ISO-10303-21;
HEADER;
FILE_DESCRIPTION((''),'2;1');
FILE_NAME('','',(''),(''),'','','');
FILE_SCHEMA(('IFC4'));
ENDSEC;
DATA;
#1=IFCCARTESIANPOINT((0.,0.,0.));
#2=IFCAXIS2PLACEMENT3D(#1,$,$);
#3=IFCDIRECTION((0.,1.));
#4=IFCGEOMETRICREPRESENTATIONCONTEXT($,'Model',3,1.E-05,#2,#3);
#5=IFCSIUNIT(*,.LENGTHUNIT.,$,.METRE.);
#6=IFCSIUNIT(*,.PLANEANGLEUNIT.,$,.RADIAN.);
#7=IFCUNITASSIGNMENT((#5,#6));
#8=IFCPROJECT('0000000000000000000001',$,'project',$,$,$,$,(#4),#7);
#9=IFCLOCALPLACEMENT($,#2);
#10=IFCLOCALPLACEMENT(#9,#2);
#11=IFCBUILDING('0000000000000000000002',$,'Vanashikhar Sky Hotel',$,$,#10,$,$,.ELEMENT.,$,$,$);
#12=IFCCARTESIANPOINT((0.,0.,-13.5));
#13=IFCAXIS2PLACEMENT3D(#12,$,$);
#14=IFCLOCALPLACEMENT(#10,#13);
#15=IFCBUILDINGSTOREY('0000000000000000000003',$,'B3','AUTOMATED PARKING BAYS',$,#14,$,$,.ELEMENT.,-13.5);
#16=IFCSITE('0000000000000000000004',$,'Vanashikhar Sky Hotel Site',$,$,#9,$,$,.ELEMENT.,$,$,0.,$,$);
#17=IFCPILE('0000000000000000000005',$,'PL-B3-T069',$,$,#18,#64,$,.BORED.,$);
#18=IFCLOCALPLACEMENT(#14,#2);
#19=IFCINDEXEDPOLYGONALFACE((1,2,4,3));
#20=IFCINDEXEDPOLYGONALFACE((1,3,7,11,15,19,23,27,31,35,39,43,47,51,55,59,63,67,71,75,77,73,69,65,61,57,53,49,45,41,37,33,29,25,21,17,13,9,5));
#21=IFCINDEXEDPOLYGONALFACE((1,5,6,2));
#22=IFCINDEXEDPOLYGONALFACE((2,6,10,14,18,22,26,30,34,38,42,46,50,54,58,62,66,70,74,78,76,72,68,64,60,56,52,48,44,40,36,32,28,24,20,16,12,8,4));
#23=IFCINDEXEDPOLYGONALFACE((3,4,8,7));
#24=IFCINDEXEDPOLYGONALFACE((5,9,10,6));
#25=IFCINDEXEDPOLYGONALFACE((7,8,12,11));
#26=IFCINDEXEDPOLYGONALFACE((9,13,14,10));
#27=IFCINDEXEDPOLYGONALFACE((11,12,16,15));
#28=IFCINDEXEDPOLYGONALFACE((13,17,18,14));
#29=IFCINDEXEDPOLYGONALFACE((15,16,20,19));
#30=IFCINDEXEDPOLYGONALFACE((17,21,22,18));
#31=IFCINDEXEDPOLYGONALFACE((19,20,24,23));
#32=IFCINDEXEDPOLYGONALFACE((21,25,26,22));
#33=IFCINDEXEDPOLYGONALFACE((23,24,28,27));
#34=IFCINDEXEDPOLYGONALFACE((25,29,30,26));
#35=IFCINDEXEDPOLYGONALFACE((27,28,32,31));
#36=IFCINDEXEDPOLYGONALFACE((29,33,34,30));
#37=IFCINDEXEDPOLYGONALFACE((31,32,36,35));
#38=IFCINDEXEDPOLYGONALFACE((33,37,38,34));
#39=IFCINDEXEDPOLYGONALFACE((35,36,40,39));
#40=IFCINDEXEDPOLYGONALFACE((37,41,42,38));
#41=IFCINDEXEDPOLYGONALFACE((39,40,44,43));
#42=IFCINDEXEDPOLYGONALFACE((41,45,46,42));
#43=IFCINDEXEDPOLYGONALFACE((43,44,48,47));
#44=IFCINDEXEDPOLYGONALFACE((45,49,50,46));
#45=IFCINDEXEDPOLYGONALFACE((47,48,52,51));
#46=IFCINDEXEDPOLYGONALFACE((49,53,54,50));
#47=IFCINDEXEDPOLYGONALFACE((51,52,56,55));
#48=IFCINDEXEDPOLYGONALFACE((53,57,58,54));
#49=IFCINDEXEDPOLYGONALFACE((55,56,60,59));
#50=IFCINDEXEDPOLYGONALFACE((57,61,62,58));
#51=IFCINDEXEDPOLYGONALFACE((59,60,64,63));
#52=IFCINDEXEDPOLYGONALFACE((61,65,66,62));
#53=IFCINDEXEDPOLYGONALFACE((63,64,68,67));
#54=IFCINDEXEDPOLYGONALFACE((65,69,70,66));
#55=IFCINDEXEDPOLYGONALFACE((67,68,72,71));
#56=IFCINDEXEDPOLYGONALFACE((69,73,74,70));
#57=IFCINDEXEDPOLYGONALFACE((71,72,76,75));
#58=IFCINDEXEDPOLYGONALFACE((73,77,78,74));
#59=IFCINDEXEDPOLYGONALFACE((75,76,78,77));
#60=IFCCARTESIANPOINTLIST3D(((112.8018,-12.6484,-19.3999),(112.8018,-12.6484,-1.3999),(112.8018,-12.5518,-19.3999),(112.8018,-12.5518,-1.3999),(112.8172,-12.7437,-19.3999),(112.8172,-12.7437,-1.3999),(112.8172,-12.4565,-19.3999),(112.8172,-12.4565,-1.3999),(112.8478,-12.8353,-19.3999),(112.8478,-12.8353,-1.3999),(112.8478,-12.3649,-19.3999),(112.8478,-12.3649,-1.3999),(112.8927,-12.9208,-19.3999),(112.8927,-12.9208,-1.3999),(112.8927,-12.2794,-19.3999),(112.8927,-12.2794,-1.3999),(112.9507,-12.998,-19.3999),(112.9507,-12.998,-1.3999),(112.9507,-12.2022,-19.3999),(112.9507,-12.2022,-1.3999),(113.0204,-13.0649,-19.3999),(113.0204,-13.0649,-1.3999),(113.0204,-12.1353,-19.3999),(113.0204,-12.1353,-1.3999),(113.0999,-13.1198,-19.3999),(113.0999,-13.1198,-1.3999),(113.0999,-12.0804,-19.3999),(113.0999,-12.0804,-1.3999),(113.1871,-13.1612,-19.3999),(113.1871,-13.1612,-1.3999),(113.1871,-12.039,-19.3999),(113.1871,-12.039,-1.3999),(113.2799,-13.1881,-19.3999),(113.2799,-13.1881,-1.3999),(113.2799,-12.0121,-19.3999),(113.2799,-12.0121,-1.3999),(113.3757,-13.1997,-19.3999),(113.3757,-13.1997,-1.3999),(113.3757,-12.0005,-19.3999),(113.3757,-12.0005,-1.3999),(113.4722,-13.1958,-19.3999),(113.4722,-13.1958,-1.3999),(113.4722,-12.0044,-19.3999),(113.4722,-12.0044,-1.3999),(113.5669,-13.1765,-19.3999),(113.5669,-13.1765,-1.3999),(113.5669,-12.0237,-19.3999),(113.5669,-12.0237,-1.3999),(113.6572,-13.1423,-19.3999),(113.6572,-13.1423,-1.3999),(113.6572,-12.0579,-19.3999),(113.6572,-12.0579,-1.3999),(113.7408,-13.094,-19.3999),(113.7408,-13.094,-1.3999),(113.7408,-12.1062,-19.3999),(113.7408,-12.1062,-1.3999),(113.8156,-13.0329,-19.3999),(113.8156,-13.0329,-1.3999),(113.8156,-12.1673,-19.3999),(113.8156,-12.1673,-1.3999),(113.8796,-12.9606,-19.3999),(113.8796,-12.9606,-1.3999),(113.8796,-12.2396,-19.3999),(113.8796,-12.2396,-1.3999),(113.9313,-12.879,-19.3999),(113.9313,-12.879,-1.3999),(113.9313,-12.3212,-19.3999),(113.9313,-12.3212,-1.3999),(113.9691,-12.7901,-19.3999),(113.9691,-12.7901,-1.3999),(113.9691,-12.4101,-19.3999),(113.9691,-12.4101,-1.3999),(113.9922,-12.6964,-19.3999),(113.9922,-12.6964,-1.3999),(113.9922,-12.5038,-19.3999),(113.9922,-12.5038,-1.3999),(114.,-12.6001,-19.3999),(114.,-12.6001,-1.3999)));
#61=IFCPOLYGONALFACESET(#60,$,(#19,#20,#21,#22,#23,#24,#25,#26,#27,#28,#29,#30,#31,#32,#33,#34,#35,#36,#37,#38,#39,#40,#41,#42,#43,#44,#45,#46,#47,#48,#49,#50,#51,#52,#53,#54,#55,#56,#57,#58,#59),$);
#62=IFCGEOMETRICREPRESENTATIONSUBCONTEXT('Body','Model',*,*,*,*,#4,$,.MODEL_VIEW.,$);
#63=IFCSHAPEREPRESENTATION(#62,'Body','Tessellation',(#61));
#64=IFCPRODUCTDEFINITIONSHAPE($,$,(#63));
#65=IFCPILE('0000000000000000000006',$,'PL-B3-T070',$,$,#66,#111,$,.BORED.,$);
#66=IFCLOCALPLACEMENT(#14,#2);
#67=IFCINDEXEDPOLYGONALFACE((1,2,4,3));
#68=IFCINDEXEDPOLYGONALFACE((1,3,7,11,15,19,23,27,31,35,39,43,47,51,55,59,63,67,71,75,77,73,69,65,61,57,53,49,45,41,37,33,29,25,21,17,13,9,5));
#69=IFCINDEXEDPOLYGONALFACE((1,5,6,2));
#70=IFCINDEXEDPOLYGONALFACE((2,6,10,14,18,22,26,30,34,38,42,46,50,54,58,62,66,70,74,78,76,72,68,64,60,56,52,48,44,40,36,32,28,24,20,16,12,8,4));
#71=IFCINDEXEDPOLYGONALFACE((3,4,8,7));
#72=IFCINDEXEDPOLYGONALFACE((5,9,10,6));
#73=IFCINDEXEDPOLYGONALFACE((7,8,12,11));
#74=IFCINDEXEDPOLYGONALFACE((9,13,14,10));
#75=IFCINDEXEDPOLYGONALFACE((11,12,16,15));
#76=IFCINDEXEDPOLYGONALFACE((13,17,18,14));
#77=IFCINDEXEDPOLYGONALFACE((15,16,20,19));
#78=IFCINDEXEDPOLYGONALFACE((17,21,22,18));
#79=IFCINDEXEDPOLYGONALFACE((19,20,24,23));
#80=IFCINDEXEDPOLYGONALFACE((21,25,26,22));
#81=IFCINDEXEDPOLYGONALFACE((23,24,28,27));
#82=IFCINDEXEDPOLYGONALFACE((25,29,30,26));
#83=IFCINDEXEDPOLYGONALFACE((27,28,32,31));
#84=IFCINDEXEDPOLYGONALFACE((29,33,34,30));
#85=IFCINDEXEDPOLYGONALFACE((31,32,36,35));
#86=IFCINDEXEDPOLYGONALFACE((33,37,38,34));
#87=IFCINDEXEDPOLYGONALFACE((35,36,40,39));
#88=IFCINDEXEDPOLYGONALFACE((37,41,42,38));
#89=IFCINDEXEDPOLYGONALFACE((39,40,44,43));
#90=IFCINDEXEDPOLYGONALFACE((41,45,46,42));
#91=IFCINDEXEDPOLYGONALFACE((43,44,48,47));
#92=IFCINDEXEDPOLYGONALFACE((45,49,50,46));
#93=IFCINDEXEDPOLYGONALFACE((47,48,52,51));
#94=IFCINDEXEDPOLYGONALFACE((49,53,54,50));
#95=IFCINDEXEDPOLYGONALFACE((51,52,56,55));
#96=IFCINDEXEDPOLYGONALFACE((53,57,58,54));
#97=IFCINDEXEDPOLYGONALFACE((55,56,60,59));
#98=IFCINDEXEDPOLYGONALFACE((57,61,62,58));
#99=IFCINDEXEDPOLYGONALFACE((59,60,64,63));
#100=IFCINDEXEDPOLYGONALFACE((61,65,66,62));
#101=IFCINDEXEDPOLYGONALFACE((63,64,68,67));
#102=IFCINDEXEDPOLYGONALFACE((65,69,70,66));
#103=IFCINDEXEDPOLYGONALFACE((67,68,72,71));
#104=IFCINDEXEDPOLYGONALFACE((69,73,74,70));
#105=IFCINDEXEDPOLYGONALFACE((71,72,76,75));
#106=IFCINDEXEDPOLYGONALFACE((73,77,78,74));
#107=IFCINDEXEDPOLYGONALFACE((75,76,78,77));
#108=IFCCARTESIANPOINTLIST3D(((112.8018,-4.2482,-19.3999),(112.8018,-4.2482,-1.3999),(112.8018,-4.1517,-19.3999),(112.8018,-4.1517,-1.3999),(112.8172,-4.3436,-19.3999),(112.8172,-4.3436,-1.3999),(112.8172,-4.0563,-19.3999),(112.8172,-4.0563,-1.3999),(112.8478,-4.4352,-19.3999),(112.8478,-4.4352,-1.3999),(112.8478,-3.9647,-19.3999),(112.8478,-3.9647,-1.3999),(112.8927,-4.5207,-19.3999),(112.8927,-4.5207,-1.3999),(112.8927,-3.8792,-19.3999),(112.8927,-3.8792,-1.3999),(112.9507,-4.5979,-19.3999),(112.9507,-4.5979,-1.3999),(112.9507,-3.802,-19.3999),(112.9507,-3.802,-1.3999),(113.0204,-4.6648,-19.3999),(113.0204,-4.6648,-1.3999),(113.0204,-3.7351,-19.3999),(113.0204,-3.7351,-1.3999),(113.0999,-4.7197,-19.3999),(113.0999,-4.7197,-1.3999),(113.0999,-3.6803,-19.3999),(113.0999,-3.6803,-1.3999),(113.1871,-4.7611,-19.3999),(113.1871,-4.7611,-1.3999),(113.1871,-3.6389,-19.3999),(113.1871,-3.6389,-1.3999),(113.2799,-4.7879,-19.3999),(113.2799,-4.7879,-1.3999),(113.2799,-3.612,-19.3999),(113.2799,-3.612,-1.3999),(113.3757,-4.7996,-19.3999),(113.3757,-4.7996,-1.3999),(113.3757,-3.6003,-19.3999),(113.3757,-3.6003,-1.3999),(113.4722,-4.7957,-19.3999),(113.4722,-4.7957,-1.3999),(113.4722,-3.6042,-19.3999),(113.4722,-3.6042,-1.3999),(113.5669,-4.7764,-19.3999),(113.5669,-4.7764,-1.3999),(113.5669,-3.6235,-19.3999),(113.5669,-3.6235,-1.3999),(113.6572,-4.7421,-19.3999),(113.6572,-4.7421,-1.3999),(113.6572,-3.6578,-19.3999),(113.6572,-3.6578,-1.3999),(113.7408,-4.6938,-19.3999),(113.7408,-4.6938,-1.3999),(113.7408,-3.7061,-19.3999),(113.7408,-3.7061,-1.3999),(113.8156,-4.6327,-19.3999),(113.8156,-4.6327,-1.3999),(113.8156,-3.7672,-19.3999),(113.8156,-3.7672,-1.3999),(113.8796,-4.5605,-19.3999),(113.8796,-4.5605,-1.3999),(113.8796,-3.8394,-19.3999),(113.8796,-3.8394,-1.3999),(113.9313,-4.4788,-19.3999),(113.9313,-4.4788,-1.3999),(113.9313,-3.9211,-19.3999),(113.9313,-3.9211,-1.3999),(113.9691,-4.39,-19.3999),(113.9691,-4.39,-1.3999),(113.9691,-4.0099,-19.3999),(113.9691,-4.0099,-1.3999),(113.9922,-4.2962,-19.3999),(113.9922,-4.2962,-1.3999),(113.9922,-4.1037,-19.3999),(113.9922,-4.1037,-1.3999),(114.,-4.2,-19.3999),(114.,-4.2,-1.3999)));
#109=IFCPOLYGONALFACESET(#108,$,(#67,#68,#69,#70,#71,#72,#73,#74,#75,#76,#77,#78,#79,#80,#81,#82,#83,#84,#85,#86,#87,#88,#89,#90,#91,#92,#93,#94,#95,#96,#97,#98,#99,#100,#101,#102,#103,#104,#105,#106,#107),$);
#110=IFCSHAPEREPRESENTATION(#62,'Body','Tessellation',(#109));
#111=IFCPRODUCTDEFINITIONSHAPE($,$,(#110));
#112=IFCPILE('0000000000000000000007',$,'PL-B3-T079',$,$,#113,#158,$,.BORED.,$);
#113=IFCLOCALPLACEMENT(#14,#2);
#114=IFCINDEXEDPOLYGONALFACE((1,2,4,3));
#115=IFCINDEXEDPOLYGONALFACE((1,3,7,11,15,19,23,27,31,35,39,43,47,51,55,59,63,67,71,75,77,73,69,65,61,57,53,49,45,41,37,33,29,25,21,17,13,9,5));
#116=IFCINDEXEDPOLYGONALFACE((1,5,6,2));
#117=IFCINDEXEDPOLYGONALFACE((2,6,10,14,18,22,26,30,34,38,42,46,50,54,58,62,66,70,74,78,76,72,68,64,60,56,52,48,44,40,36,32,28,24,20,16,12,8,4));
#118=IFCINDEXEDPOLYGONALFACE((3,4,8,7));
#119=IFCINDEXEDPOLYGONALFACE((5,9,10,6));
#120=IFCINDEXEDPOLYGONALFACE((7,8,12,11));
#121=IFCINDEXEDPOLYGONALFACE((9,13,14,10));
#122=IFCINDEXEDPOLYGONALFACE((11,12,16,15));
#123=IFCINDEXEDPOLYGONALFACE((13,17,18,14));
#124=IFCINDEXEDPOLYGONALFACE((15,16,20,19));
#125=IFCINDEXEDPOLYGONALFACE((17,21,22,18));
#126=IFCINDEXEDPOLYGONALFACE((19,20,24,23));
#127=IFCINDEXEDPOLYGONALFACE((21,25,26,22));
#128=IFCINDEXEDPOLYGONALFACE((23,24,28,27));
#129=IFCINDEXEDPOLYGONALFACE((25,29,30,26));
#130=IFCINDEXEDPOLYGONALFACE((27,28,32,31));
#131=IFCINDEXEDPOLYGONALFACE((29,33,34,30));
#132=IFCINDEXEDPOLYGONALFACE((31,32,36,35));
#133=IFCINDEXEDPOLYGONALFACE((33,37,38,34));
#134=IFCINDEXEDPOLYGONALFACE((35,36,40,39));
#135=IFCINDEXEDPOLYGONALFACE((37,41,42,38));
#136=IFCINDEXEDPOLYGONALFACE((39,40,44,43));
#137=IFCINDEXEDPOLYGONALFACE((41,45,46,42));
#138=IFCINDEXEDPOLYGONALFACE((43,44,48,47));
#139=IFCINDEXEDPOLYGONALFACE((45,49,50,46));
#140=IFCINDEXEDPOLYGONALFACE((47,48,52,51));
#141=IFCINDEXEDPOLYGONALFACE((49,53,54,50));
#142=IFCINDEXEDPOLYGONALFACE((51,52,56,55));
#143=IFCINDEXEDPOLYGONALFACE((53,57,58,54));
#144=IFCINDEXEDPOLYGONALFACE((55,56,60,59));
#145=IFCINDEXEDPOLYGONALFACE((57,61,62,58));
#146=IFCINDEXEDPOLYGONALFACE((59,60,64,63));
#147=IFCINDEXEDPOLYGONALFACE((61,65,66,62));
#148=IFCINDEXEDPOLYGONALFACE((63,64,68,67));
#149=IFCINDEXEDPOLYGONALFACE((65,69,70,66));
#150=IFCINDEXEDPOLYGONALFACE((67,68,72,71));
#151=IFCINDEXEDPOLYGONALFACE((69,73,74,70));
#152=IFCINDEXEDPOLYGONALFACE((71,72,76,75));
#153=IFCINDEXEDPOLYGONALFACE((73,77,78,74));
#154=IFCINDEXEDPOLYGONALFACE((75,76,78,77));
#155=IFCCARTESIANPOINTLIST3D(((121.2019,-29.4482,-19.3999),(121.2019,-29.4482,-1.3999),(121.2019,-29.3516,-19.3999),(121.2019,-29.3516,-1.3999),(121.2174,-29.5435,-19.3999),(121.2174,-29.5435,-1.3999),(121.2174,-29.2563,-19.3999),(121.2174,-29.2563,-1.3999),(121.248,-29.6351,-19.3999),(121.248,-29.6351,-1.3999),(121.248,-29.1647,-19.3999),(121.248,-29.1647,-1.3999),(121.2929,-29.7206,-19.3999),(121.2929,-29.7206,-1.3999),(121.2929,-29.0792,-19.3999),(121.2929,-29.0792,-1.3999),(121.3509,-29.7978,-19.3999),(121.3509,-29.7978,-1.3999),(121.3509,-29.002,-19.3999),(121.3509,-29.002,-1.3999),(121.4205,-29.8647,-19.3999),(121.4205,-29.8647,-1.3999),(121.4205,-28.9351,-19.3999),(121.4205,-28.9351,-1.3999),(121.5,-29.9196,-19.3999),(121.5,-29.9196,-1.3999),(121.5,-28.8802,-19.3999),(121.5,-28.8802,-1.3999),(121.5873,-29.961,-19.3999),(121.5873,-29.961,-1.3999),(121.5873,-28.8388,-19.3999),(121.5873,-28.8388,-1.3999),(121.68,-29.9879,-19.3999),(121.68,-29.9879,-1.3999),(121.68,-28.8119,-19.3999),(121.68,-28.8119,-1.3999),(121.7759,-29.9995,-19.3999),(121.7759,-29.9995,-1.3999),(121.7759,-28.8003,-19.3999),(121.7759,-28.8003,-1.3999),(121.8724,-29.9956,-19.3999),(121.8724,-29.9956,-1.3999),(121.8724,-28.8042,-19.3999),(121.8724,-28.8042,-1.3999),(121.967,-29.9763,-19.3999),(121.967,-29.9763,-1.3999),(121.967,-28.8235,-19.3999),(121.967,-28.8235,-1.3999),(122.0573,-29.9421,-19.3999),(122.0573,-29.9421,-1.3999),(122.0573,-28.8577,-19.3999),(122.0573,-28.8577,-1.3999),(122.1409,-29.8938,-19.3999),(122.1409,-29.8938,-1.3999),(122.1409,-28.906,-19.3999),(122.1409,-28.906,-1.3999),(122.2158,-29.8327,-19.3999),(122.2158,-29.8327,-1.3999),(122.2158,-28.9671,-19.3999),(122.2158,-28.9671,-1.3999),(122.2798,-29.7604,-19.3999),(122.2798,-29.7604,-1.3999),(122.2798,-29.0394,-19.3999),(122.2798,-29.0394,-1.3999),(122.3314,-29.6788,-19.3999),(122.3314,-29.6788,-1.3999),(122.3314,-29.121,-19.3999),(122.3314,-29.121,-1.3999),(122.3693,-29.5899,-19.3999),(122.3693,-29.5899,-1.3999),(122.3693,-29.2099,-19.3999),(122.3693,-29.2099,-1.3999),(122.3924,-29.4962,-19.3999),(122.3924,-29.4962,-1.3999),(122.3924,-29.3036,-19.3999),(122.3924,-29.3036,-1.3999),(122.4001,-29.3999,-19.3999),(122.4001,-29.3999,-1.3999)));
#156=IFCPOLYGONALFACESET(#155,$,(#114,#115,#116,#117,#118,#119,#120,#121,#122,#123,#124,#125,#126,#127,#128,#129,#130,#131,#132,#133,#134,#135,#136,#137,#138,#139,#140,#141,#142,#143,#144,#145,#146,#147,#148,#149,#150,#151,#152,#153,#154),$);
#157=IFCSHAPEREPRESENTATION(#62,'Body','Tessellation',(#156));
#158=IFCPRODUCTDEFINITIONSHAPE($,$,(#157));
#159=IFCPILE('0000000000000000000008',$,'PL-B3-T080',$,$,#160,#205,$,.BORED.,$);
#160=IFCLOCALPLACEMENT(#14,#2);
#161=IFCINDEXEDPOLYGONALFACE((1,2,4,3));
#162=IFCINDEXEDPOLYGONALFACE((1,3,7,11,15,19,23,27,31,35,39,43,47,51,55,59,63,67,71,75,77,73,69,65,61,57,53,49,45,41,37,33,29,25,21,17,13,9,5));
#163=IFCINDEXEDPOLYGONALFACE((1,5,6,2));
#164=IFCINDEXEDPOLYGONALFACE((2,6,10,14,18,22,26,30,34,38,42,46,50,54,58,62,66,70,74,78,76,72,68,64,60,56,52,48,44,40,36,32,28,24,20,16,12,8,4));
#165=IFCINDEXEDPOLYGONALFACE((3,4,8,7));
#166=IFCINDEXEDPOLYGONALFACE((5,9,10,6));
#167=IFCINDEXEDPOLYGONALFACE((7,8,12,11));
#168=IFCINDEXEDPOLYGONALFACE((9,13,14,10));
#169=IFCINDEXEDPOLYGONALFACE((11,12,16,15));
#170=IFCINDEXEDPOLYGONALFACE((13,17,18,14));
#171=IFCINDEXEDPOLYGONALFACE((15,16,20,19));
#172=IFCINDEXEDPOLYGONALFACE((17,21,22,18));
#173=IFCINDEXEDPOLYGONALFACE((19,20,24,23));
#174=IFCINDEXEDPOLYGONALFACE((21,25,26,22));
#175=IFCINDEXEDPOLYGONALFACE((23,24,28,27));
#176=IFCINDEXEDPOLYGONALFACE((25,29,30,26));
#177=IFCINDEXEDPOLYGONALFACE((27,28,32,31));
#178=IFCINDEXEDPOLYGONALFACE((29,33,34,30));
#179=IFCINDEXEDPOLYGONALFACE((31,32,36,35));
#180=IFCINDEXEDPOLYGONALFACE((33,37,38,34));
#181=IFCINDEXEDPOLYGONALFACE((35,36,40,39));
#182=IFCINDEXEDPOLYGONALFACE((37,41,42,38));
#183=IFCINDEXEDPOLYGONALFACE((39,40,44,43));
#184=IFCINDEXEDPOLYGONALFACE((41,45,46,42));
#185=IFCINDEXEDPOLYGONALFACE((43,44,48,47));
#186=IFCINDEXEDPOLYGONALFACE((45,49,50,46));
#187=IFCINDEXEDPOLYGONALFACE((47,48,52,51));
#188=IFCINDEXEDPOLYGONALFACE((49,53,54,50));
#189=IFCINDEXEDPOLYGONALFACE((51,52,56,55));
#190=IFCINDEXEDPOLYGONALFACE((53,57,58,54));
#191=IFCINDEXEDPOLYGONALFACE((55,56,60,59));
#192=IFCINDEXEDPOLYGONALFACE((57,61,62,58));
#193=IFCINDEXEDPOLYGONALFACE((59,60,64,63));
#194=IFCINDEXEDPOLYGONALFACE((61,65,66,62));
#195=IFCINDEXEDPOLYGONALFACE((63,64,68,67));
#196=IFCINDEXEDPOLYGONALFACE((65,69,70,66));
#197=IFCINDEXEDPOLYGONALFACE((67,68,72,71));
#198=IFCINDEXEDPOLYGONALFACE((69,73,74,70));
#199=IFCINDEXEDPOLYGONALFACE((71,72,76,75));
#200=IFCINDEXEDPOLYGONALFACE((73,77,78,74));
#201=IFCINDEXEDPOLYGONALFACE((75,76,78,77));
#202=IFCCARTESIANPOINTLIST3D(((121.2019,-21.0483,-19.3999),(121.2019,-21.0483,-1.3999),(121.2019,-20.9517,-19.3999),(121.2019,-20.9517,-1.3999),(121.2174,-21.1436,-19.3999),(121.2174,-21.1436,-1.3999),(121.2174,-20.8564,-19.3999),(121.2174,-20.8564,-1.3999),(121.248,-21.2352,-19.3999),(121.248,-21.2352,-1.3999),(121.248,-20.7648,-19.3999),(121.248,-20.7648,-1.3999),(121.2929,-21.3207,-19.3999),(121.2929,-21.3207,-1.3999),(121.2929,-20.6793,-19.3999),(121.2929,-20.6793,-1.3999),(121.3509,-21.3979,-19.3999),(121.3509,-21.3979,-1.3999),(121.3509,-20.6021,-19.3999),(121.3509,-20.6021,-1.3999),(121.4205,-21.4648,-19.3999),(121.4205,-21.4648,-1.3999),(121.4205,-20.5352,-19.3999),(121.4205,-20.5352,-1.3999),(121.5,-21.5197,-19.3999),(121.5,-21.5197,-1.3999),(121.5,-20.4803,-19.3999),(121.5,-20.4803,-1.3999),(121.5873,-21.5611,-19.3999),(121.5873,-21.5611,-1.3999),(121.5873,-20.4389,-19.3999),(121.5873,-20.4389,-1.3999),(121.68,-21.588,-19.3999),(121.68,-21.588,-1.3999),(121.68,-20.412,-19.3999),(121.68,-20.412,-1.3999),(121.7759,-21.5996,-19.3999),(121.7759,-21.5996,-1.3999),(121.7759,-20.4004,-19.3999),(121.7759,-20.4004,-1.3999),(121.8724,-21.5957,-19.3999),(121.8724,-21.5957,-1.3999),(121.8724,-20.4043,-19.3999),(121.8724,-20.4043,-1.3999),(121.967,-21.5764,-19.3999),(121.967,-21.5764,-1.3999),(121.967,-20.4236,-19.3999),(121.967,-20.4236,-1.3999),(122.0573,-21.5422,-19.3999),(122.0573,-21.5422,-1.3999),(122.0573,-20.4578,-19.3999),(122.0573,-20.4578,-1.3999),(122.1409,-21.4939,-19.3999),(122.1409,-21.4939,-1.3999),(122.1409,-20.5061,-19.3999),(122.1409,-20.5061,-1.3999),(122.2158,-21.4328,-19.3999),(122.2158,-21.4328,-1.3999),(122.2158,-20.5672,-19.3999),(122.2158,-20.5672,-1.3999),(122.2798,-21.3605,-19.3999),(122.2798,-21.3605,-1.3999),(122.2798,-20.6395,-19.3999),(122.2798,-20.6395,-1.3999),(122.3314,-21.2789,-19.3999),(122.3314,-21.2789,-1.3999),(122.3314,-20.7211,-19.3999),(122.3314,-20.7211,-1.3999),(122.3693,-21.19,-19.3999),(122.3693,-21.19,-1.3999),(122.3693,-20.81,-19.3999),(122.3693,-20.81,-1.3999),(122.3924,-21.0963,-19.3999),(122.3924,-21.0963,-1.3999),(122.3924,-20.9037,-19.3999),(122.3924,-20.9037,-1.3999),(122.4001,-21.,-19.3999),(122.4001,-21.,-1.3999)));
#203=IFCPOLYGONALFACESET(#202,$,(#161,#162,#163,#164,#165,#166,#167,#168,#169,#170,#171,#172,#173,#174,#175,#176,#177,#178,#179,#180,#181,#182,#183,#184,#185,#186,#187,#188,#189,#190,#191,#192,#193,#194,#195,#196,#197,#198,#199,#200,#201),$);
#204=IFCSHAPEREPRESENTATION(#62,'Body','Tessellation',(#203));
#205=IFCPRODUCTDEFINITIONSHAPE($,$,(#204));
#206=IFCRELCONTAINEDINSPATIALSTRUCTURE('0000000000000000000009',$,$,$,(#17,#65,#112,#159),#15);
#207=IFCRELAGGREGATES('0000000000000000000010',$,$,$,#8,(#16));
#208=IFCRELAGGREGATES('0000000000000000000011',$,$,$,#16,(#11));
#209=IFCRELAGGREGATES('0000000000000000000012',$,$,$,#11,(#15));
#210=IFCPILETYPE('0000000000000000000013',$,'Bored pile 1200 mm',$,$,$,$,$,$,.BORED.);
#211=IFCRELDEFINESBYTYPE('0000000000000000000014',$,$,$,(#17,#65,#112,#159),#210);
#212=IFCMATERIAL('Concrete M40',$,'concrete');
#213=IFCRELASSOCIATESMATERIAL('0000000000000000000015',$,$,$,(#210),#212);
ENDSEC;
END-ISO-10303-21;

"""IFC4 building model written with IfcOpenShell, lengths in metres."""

from ifc_helpers import new_model, si_unit, direction, frame, origin, origin_2d, place, context, subcontext, project, spatial, circle, extrude, source, transform, mapped, material, type_object, element, save


model = new_model("IFC4")

# Units and contexts
model_context = context("Model", 3, precision=1e-05, world=origin(), true_north=direction((0.0, 1.0)))
body_context = subcontext(model_context, "Body", "Model", "MODEL_VIEW")
ifc_project = project(units=[si_unit("LENGTHUNIT", "METRE"), si_unit("PLANEANGLEUNIT", "RADIAN")], contexts=[model_context])

# Site, building, storey
site_placement = place(None, origin())
site = spatial("IfcSite", under=ifc_project, at=site_placement, Name="Vanashikhar Sky Hotel Site", CompositionType="ELEMENT", RefElevation=0.0)
building_placement = place(site_placement, origin())
building = spatial("IfcBuilding", under=site, at=building_placement, Name="Vanashikhar Sky Hotel", CompositionType="ELEMENT")
storey_placement = place(building_placement, frame((0.0, 0.0, -13.5)))
storey = spatial("IfcBuildingStorey", under=building, at=storey_placement, Name="B3", Description="AUTOMATED PARKING BAYS", CompositionType="ELEMENT", Elevation=-13.5)

# Piles
ifc_material_1 = material(Name="Concrete M40", Category="concrete")
pile_type_1 = type_object("IfcPileType", Name="Bored pile 1200 mm", PredefinedType="BORED", material=ifc_material_1)
shared_shape_1 = source(origin(), body_context, "Body", "SweptSolid", [
    extrude(circle(Radius=0.6001, at=origin_2d()), origin(), (0.0, 0.0, 1.0), 18.0),
])
for number, where, z_axis, x_axis, name in (
    (1, (113.3999, -12.6001, -1.3999), (0.0, 0.0, -1.0), (1.0, 0.0, 0.0), "PL-B3-T069"),
    (2, (113.3999, -4.2, -1.3999), (0.0, 0.0, -1.0), (1.0, 0.0, 0.0), "PL-B3-T070"),
    (3, (121.8, -29.3999, -1.3999), (0.0, 0.0, -1.0), (1.0, 0.0, 0.0), "PL-B3-T079"),
    (4, (121.8, -21.0, -1.3999), (0.0, 0.0, -1.0), (1.0, 0.0, 0.0), "PL-B3-T080"),
):
    element("IfcPile", number, at=place(storey_placement, frame(where, z_axis=z_axis, x_axis=x_axis)), inside=storey, type_object=pile_type_1, Name=name, PredefinedType="BORED", context=body_context, shape_type="MappedRepresentation", body=[
        mapped(shared_shape_1, transform((0.0, 0.0, 0.0), scale=1.0)),
    ])

save(model, "model.ifc")
